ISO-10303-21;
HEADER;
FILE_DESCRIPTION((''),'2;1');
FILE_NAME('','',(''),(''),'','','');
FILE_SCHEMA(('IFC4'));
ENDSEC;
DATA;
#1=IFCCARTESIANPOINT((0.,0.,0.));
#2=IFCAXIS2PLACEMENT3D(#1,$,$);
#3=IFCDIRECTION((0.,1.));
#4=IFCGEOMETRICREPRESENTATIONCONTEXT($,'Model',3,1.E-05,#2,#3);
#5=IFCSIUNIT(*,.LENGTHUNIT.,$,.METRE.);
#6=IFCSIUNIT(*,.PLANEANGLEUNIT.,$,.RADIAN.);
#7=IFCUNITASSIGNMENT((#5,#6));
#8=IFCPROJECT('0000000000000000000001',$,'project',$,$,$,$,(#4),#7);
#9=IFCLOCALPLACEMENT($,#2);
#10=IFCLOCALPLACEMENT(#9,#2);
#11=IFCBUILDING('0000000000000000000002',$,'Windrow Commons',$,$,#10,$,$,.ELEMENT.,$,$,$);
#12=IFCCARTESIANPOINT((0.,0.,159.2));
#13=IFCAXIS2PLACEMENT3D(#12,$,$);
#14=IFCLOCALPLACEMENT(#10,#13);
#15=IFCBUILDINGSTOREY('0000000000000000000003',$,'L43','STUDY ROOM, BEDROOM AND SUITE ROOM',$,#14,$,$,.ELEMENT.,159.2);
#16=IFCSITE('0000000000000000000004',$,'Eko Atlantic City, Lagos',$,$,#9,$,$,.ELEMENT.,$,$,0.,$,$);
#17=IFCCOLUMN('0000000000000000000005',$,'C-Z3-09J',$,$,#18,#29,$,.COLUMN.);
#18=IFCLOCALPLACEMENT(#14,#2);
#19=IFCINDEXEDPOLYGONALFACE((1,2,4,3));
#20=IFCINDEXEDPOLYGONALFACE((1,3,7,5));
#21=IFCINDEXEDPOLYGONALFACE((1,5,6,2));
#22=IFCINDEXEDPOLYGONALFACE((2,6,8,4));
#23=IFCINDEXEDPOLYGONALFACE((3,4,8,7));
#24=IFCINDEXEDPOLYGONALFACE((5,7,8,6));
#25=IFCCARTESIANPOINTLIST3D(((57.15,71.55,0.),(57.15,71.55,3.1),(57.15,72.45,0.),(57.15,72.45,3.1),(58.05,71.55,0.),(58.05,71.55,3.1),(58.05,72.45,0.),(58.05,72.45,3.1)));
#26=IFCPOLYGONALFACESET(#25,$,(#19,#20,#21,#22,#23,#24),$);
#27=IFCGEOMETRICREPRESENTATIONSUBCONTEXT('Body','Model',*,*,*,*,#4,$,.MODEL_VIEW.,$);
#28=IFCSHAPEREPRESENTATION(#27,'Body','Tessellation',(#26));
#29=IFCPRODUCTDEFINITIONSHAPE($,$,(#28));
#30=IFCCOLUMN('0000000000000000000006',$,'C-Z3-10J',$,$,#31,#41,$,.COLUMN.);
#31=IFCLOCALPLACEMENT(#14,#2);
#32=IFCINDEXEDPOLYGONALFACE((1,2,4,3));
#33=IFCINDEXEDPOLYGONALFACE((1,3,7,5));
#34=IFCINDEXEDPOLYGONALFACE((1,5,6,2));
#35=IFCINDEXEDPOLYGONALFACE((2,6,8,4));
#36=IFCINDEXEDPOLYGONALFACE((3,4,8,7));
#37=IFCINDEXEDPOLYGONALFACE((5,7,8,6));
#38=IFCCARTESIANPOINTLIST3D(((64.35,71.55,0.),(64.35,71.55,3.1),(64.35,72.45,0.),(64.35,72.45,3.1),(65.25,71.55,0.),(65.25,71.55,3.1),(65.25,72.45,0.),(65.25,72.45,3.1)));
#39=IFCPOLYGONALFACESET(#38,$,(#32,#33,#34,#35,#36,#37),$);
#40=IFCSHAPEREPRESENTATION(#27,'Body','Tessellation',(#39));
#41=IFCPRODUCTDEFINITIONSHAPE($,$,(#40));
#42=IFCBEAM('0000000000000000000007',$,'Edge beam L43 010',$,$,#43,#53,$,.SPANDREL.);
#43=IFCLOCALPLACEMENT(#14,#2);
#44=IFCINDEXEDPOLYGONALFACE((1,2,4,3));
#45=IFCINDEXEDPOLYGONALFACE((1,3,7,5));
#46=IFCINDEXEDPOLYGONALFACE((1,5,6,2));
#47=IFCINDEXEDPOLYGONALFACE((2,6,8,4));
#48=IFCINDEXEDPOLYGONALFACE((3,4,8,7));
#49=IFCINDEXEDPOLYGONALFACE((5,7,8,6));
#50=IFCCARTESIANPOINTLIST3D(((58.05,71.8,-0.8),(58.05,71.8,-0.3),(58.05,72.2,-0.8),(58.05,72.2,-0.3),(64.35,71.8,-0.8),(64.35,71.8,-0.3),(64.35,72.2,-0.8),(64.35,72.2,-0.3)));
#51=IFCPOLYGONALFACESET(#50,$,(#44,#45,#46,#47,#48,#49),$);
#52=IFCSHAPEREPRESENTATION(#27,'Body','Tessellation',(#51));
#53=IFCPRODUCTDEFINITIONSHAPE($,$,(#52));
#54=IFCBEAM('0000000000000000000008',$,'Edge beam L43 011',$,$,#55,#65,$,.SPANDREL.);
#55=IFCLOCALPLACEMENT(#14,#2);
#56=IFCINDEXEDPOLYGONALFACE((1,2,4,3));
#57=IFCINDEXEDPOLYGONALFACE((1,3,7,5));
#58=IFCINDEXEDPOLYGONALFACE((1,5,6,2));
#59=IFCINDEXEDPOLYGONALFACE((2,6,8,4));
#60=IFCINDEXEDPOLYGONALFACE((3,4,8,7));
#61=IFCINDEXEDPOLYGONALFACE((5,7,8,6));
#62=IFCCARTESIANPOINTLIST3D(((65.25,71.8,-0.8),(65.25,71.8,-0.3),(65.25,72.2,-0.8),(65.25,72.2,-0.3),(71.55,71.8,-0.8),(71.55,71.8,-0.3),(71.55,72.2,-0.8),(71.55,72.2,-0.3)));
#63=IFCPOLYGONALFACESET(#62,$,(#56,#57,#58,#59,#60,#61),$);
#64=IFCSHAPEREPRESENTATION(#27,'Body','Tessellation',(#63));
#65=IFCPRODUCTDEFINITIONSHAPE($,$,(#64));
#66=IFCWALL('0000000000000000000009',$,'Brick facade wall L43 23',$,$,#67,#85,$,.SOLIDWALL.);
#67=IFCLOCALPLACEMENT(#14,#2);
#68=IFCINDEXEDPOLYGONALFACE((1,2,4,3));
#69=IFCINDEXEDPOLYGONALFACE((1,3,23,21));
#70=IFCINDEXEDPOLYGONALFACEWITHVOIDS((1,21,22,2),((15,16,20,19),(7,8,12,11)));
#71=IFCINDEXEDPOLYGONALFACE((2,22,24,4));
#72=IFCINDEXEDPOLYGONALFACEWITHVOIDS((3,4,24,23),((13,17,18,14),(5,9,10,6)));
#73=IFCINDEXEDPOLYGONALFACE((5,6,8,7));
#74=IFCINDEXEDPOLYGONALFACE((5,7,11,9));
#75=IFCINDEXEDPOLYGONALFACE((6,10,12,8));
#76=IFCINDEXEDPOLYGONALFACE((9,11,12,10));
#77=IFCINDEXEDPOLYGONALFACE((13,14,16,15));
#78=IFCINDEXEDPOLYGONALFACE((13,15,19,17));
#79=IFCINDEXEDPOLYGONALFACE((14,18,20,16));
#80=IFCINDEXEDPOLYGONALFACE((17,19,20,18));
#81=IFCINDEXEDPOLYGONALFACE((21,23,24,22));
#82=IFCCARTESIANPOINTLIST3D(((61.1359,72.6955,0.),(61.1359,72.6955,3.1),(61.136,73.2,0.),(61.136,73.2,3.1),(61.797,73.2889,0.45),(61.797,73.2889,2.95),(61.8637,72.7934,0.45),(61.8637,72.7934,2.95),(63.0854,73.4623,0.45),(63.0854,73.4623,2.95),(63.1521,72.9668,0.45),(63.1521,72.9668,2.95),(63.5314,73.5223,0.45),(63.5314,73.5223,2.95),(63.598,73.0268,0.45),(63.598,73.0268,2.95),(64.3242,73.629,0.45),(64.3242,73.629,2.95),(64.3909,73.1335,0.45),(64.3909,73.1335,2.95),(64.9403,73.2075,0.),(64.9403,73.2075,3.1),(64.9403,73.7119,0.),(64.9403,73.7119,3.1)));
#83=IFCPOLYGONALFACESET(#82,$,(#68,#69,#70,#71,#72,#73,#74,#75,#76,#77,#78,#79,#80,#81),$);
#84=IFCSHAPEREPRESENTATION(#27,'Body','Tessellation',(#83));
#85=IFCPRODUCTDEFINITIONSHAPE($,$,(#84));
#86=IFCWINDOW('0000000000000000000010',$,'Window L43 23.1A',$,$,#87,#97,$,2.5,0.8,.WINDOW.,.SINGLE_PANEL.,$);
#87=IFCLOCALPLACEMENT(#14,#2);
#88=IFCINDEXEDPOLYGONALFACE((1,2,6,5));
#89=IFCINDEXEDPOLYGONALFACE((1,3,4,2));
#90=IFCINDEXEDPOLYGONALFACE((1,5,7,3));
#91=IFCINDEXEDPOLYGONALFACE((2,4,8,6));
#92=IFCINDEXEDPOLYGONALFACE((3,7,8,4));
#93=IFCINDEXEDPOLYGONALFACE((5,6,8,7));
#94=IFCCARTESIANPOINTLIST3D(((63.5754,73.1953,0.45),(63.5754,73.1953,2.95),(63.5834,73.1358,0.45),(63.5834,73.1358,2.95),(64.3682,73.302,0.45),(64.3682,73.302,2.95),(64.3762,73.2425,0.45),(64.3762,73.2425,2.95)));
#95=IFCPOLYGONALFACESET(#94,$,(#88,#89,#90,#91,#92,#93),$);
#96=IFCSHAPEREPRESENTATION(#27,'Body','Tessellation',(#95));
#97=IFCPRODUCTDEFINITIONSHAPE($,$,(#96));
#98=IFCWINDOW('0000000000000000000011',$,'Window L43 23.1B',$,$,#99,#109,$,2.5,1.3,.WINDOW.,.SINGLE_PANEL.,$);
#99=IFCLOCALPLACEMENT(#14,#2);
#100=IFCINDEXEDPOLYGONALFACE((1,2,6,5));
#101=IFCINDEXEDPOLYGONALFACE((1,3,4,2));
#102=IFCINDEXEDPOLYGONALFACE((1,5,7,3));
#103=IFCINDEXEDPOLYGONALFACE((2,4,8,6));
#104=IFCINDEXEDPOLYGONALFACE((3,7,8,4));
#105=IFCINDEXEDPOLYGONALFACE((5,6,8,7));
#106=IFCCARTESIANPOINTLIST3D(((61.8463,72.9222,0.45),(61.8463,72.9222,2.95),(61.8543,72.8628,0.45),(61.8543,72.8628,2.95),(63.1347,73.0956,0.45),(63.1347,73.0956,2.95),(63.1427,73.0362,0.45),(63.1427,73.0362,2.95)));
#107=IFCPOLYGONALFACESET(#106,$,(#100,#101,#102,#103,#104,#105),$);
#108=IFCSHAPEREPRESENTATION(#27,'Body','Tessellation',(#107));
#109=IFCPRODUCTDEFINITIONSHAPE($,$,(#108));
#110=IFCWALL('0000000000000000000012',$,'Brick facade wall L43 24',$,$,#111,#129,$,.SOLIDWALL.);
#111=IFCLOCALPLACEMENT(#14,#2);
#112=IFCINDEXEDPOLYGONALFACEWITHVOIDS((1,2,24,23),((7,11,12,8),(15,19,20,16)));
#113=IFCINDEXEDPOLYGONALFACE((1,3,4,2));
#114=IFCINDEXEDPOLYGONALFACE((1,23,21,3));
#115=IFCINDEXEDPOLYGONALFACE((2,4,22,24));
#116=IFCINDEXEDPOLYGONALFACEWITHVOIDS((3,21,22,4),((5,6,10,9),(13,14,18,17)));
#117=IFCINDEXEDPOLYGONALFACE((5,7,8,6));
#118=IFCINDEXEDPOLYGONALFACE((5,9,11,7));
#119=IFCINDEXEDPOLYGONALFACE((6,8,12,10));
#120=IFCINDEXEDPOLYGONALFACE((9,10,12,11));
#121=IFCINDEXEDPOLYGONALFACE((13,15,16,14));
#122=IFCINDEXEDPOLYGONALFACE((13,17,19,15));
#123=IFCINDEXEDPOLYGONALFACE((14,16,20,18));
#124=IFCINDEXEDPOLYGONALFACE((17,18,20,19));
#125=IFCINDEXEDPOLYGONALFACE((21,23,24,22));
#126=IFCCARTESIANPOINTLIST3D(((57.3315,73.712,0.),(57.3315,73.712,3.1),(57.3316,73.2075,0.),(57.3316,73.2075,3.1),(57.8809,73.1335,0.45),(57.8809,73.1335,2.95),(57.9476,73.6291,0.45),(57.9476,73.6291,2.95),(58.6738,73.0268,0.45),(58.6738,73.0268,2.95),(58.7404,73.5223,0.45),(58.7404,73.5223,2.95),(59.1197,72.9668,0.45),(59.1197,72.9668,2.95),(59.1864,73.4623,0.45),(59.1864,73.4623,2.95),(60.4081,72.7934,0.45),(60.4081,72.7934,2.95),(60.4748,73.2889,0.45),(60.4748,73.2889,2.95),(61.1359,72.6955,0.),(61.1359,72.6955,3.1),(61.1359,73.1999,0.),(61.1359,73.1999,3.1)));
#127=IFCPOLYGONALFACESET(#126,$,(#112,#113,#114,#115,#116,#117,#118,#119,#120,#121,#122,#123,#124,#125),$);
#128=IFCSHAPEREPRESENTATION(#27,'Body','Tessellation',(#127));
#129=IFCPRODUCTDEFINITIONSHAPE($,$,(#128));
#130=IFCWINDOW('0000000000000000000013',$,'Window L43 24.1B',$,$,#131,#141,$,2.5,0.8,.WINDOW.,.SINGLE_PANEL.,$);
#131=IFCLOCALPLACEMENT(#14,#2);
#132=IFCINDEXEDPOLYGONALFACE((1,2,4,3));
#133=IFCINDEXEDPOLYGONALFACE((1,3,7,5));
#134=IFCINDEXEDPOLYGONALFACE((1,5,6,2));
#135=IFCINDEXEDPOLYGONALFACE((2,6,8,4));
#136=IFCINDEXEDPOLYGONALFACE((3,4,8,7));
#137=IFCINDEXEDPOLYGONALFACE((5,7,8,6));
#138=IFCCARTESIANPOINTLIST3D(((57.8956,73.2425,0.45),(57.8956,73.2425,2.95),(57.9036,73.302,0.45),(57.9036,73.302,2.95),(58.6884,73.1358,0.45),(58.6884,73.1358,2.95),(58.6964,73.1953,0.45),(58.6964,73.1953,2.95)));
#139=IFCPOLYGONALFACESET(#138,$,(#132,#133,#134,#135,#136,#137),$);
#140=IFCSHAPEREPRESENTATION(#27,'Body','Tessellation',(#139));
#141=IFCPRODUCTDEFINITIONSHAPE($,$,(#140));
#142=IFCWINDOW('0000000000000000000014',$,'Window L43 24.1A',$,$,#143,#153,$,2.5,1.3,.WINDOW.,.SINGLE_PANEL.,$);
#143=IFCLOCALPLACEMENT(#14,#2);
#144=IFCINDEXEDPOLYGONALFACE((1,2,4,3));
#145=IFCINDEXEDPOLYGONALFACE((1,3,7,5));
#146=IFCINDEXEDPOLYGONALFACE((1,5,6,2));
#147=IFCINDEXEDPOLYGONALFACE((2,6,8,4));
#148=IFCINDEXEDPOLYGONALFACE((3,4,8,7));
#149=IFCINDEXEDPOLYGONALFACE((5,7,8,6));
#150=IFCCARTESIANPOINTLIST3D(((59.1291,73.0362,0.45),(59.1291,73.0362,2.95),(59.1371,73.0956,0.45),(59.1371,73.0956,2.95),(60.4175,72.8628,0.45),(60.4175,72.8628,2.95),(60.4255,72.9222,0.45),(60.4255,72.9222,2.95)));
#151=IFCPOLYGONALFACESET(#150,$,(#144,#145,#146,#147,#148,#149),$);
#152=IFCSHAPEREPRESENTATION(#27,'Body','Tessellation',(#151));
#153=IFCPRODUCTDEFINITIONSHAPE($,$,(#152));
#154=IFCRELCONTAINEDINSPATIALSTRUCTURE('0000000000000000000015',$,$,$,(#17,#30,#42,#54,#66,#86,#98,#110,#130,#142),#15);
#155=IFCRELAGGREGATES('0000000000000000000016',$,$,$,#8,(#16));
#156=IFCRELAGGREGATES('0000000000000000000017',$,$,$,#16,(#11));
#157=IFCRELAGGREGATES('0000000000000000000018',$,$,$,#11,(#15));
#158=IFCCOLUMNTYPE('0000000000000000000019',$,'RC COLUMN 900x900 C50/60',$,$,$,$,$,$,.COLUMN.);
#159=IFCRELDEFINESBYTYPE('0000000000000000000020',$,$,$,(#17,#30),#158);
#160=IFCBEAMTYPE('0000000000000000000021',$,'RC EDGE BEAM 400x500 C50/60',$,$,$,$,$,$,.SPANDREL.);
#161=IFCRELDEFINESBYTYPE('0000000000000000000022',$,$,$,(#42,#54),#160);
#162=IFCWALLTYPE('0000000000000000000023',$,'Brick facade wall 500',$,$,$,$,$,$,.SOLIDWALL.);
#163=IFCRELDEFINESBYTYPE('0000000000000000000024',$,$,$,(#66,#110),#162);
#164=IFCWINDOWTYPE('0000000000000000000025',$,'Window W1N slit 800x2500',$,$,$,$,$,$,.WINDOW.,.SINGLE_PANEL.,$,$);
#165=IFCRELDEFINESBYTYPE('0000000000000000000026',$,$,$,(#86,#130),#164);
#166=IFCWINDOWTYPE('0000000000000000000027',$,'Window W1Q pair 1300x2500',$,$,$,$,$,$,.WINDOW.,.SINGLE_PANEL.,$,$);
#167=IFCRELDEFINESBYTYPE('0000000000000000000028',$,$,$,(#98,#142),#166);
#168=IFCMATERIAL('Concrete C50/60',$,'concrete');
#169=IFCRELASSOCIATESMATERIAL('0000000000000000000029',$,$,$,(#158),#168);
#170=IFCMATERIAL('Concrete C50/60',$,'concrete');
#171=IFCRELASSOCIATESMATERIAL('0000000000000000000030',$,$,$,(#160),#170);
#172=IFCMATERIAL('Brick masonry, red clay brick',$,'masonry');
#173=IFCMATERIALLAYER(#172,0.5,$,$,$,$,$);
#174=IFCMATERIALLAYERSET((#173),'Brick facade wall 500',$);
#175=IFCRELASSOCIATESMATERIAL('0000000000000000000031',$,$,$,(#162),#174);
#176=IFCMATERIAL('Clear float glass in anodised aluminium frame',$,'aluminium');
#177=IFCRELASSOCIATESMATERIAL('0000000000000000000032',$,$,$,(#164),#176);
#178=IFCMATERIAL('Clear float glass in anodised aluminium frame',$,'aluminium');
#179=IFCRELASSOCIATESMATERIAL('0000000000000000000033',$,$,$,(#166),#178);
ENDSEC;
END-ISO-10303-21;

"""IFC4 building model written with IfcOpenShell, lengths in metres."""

from ifc_helpers import new_model, si_unit, direction, frame, frame_2d, origin, origin_2d, place, context, subcontext, project, spatial, polyline, rectangle, outline, extrude, material, layer, layer_set, material_profile, profile_set, type_object, element, fill, save


model = new_model("IFC4")

# Units and contexts
model_context = context("Model", 3, precision=1e-05, world=origin(), true_north=direction((0.0, 1.0)))
body_context = subcontext(model_context, "Body", "Model", "MODEL_VIEW")
ifc_project = project(units=[si_unit("LENGTHUNIT", "METRE"), si_unit("PLANEANGLEUNIT", "RADIAN")], contexts=[model_context])

# Site, building, storey
site_placement = place(None, origin())
site = spatial("IfcSite", under=ifc_project, at=site_placement, Name="Eko Atlantic City, Lagos", CompositionType="ELEMENT", RefElevation=0.0)
building_placement = place(site_placement, origin())
building = spatial("IfcBuilding", under=site, at=building_placement, Name="Windrow Commons", CompositionType="ELEMENT")
storey_placement = place(building_placement, frame((0.0, 0.0, 159.2)))
storey = spatial("IfcBuildingStorey", under=building, at=storey_placement, Name="L43", Description="STUDY ROOM, BEDROOM AND SUITE ROOM", CompositionType="ELEMENT", Elevation=159.2)

# Columns
ifc_material_1 = material(Name="Concrete C50/60", Category="concrete")
ifc_material_profile_1 = material_profile(ifc_material_1, rectangle(XDim=0.9, YDim=0.9, at=origin_2d()))
ifc_profile_set_1 = profile_set([ifc_material_profile_1], Name="Concrete C50/60")
column_type = type_object("IfcColumnType", Name="RC COLUMN 900x900 C50/60", PredefinedType="COLUMN", material=ifc_profile_set_1)
for number, where, z_axis, x_axis, name in (
    (1, (57.6, 72.0, 0.0), (0.0, 0.0, 1.0), (1.0, 0.0, 0.0), "C-Z3-09J"),
    (2, (64.8, 72.0, 0.0), (0.0, 0.0, 1.0), (1.0, 0.0, 0.0), "C-Z3-10J"),
):
    element("IfcColumn", number, at=place(storey_placement, frame(where, z_axis=z_axis, x_axis=x_axis)), inside=storey, type_object=column_type, Name=name, PredefinedType="COLUMN", context=body_context, shape_type="SweptSolid", body=[
        extrude(rectangle(XDim=0.9, YDim=0.9, at=origin_2d()), origin(), (0.0, 0.0, 1.0), 3.1),
    ])

# Beams
ifc_material_2 = material(Name="Concrete C50/60", Category="concrete")
ifc_material_profile_2 = material_profile(ifc_material_2, rectangle(XDim=0.4, YDim=0.5, at=origin_2d()))
ifc_profile_set_2 = profile_set([ifc_material_profile_2], Name="Concrete C50/60")
beam_type = type_object("IfcBeamType", Name="RC EDGE BEAM 400x500 C50/60", PredefinedType="SPANDREL", material=ifc_profile_set_2)
for number, where, z_axis, x_axis, name in (
    (3, (58.05, 72.0, -0.55), (1.0, 0.0, 0.0), (0.0, 1.0, 0.0), "Edge beam L43 010"),
    (4, (65.25, 72.0, -0.55), (1.0, 0.0, 0.0), (0.0, 1.0, 0.0), "Edge beam L43 011"),
):
    element("IfcBeam", number, at=place(storey_placement, frame(where, z_axis=z_axis, x_axis=x_axis)), inside=storey, type_object=beam_type, Name=name, PredefinedType="SPANDREL", context=body_context, shape_type="SweptSolid", body=[
        extrude(rectangle(XDim=0.4, YDim=0.5, at=origin_2d()), origin(), (0.0, 0.0, 1.0), 6.3),
    ])

# Walls, openings, windows
ifc_material_3 = material(Name="Brick masonry, red clay brick", Category="masonry")
ifc_layer_1 = layer(ifc_material_3, 0.5)
ifc_layer_set_1 = layer_set([ifc_layer_1], Name="Brick facade wall 500")
wall_type_1 = type_object("IfcWallType", Name="Brick facade wall 500", PredefinedType="SOLIDWALL", material=ifc_layer_set_1)
wall_1_placement = place(storey_placement, frame((64.9403, 73.4597, 0.0), z_axis=(0.0, 0.0, 1.0), x_axis=(-0.991065, -0.133379, 0.0)))
wall_1 = element("IfcWall", 5, at=wall_1_placement, inside=storey, type_object=wall_type_1, Name="Brick facade wall L43 23", PredefinedType="SOLIDWALL", context=body_context, shape_type="SweptSolid", body=[
    extrude(outline(polyline([(-0.0336, -0.25), (3.805, -0.25), (3.8723, 0.25), (0.0336, 0.25), (-0.0336, -0.25)])), origin(), (0.0, 0.0, 1.0), 3.1),
])
opening_1_placement = place(wall_1_placement, frame((0.588, 0.0, 0.45)))
opening_1 = element("IfcOpeningElement", 6, at=opening_1_placement, cuts=wall_1, PredefinedType="OPENING", context=body_context, shape_type="SweptSolid", body=[
    extrude(rectangle(XDim=0.8, YDim=2.5, at=frame_2d((0.4, 1.25))), frame((0.0, 0.26, 0.0), z_axis=(0.0, -1.0, 0.0), x_axis=(1.0, 0.0, 0.0)), (0.0, 0.0, 1.0), 0.52),
])
opening_2_placement = place(wall_1_placement, frame((1.838, 0.0, 0.45)))
opening_2 = element("IfcOpeningElement", 7, at=opening_2_placement, cuts=wall_1, PredefinedType="OPENING", context=body_context, shape_type="SweptSolid", body=[
    extrude(rectangle(XDim=1.3, YDim=2.5, at=frame_2d((0.65, 1.25))), frame((0.0, 0.26, 0.0), z_axis=(0.0, -1.0, 0.0), x_axis=(1.0, 0.0, 0.0)), (0.0, 0.0, 1.0), 0.52),
])
ifc_material_4 = material(Name="Clear float glass in anodised aluminium frame", Category="aluminium")
window_type_1 = type_object("IfcWindowType", Name="Window W1N slit 800x2500", PartitioningType="SINGLE_PANEL", PredefinedType="WINDOW", material=ifc_material_4)
window_1_placement = place(opening_1_placement, origin())
window_1 = element("IfcWindow", 8, at=window_1_placement, inside=storey, type_object=window_type_1, Name="Window L43 23.1A", OverallHeight=2.5, OverallWidth=0.8, PartitioningType="SINGLE_PANEL", PredefinedType="WINDOW", context=body_context, shape_type="SweptSolid", body=[
    extrude(rectangle(XDim=0.8, YDim=2.5, at=frame_2d((0.4, 1.25))), frame((0.0, 0.14, 0.0), z_axis=(0.0, -1.0, 0.0), x_axis=(1.0, 0.0, 0.0)), (0.0, 0.0, 1.0), 0.06),
])
fill(opening_1, window_1)
ifc_material_5 = material(Name="Clear float glass in anodised aluminium frame", Category="aluminium")
window_type_2 = type_object("IfcWindowType", Name="Window W1Q pair 1300x2500", PartitioningType="SINGLE_PANEL", PredefinedType="WINDOW", material=ifc_material_5)
window_2_placement = place(opening_2_placement, origin())
window_2 = element("IfcWindow", 9, at=window_2_placement, inside=storey, type_object=window_type_2, Name="Window L43 23.1B", OverallHeight=2.5, OverallWidth=1.3, PartitioningType="SINGLE_PANEL", PredefinedType="WINDOW", context=body_context, shape_type="SweptSolid", body=[
    extrude(rectangle(XDim=1.3, YDim=2.5, at=frame_2d((0.65, 1.25))), frame((0.0, 0.18, 0.0), z_axis=(0.0, -1.0, 0.0), x_axis=(1.0, 0.0, 0.0)), (0.0, 0.0, 1.0), 0.06),
])
fill(opening_2, window_2)
wall_2_placement = place(storey_placement, frame((61.1359, 72.9477, 0.0), z_axis=(0.0, 0.0, 1.0), x_axis=(-0.991065, 0.133382, 0.0)))
wall_2 = element("IfcWall", 10, at=wall_2_placement, inside=storey, type_object=wall_type_1, Name="Brick facade wall L43 24", PredefinedType="SOLIDWALL", context=body_context, shape_type="SweptSolid", body=[
    extrude(outline(polyline([(0.0336, -0.25), (3.8723, -0.25), (3.805, 0.25), (-0.0336, 0.25), (0.0336, -0.25)])), origin(), (0.0, 0.0, 1.0), 3.1),
])
opening_3_placement = place(wall_2_placement, frame((0.7007, 0.0, 0.45)))
opening_3 = element("IfcOpeningElement", 11, at=opening_3_placement, cuts=wall_2, PredefinedType="OPENING", context=body_context, shape_type="SweptSolid", body=[
    extrude(rectangle(XDim=1.3, YDim=2.5, at=frame_2d((0.65, 1.25))), frame((0.0, 0.26, 0.0), z_axis=(0.0, -1.0, 0.0), x_axis=(1.0, 0.0, 0.0)), (0.0, 0.0, 1.0), 0.52),
])
opening_4_placement = place(wall_2_placement, frame((2.4507, 0.0, 0.45)))
opening_4 = element("IfcOpeningElement", 12, at=opening_4_placement, cuts=wall_2, PredefinedType="OPENING", context=body_context, shape_type="SweptSolid", body=[
    extrude(rectangle(XDim=0.8, YDim=2.5, at=frame_2d((0.4, 1.25))), frame((0.0, 0.26, 0.0), z_axis=(0.0, -1.0, 0.0), x_axis=(1.0, 0.0, 0.0)), (0.0, 0.0, 1.0), 0.52),
])
window_3_placement = place(opening_4_placement, origin())
window_3 = element("IfcWindow", 13, at=window_3_placement, inside=storey, type_object=window_type_1, Name="Window L43 24.1B", OverallHeight=2.5, OverallWidth=0.8, PartitioningType="SINGLE_PANEL", PredefinedType="WINDOW", context=body_context, shape_type="SweptSolid", body=[
    extrude(rectangle(XDim=0.8, YDim=2.5, at=frame_2d((0.4, 1.25))), frame((0.0, 0.14, 0.0), z_axis=(0.0, -1.0, 0.0), x_axis=(1.0, 0.0, 0.0)), (0.0, 0.0, 1.0), 0.06),
])
fill(opening_4, window_3)
window_4_placement = place(opening_3_placement, origin())
window_4 = element("IfcWindow", 14, at=window_4_placement, inside=storey, type_object=window_type_2, Name="Window L43 24.1A", OverallHeight=2.5, OverallWidth=1.3, PartitioningType="SINGLE_PANEL", PredefinedType="WINDOW", context=body_context, shape_type="SweptSolid", body=[
    extrude(rectangle(XDim=1.3, YDim=2.5, at=frame_2d((0.65, 1.25))), frame((0.0, 0.18, 0.0), z_axis=(0.0, -1.0, 0.0), x_axis=(1.0, 0.0, 0.0)), (0.0, 0.0, 1.0), 0.06),
])
fill(opening_3, window_4)

save(model, "model.ifc")
